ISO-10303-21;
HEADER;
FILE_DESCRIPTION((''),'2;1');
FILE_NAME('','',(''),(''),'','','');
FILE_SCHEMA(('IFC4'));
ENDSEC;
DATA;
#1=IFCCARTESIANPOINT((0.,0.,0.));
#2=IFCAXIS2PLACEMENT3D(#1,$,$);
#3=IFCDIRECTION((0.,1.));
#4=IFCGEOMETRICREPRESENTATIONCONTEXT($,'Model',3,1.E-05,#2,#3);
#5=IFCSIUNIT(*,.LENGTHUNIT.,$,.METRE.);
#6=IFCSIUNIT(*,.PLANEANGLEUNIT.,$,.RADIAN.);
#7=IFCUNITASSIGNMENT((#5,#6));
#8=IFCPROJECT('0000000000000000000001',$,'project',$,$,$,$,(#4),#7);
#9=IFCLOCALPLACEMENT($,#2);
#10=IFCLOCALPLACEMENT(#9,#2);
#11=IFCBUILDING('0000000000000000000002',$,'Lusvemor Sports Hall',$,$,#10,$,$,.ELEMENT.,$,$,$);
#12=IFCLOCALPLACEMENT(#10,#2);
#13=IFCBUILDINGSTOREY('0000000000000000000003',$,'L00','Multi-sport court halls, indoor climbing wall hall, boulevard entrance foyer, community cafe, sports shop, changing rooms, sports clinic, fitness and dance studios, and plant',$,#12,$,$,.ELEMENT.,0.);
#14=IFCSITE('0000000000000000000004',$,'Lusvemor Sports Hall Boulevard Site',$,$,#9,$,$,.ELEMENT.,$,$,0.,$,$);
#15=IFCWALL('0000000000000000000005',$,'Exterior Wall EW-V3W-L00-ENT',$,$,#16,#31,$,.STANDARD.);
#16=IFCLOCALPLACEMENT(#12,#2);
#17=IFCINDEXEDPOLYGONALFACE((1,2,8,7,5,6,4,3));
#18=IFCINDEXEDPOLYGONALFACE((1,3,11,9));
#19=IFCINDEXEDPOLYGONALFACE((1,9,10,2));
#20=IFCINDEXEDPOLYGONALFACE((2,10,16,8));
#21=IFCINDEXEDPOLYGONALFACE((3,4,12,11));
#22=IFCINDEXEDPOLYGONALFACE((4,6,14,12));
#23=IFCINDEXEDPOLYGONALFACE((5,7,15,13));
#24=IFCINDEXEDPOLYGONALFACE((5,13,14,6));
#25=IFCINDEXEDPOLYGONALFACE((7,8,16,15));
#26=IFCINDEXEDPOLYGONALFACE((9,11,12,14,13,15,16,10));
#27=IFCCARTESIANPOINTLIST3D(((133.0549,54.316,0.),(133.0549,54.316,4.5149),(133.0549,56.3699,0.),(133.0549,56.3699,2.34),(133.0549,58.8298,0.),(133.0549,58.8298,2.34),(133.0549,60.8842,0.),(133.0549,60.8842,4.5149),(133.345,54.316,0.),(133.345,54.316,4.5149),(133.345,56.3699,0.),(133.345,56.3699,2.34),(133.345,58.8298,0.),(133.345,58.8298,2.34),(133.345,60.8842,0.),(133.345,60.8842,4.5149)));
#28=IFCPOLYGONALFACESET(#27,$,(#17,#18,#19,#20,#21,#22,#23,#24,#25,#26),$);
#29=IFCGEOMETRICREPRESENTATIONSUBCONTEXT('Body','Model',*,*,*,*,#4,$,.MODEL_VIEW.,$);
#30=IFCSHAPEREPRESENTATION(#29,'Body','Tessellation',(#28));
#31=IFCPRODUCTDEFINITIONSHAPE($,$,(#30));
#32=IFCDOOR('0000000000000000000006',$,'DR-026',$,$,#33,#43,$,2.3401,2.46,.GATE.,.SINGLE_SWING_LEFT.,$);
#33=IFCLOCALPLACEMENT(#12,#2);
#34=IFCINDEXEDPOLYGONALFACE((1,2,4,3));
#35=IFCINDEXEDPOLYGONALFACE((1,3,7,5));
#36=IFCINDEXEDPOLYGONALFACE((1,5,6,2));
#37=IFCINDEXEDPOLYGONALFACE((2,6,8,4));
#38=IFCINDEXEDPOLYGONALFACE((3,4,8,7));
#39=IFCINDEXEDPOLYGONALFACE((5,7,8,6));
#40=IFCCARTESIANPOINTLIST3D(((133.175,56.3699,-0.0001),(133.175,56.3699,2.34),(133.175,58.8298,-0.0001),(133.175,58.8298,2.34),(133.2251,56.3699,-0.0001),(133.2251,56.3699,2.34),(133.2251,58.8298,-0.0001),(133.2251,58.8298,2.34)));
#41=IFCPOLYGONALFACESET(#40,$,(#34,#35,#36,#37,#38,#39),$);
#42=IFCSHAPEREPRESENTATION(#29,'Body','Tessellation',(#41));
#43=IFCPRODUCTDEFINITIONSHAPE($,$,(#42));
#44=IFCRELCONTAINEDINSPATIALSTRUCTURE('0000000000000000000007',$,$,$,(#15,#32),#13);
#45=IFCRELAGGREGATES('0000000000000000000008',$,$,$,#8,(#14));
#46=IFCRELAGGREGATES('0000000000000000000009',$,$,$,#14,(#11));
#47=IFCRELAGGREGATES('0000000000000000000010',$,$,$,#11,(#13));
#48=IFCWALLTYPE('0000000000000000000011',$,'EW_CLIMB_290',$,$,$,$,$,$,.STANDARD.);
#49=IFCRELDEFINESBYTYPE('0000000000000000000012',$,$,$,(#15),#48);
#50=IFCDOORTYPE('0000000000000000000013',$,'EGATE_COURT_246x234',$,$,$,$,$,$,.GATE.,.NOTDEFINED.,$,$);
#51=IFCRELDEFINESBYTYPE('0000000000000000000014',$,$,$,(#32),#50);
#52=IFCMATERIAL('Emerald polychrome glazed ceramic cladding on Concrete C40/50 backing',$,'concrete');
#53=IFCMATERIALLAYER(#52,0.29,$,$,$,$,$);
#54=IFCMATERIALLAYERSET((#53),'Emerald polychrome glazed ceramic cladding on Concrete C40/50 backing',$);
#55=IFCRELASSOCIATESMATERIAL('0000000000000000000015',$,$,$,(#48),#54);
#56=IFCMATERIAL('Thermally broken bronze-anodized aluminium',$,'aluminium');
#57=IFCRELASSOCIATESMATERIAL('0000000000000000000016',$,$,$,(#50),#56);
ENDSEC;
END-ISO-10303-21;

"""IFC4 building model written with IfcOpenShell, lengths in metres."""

from ifc_helpers import new_model, si_unit, direction, frame, frame_2d, origin, place, context, subcontext, project, spatial, rectangle, extrude, material, layer, layer_set, type_object, element, fill, save


model = new_model("IFC4")

# Units and contexts
model_context = context("Model", 3, precision=1e-05, world=origin(), true_north=direction((0.0, 1.0)))
body_context = subcontext(model_context, "Body", "Model", "MODEL_VIEW")
ifc_project = project(units=[si_unit("LENGTHUNIT", "METRE"), si_unit("PLANEANGLEUNIT", "RADIAN")], contexts=[model_context])

# Site, building, storey
site_placement = place(None, origin())
site = spatial("IfcSite", under=ifc_project, at=site_placement, Name="Lusvemor Sports Hall Boulevard Site", CompositionType="ELEMENT", RefElevation=0.0)
building_placement = place(site_placement, origin())
building = spatial("IfcBuilding", under=site, at=building_placement, Name="Lusvemor Sports Hall", CompositionType="ELEMENT")
storey_placement = place(building_placement, origin())
storey = spatial("IfcBuildingStorey", under=building, at=storey_placement, Name="L00", Description="Multi-sport court halls, indoor climbing wall hall, boulevard entrance foyer, community cafe, sports shop, changing rooms, sports clinic, fitness and dance studios, and plant", CompositionType="ELEMENT", Elevation=0.0)

# Wall, opening, door
ifc_material_1 = material(Name="Emerald polychrome glazed ceramic cladding on Concrete C40/50 backing", Category="concrete")
ifc_layer_1 = layer(ifc_material_1, 0.29)
ifc_layer_set_1 = layer_set([ifc_layer_1], Name="Emerald polychrome glazed ceramic cladding on Concrete C40/50 backing")
wall_type = type_object("IfcWallType", Name="EW_CLIMB_290", PredefinedType="STANDARD", material=ifc_layer_set_1)
wall_placement = place(storey_placement, frame((133.2, 54.3159, 0.0), z_axis=(0.0, 0.0, 1.0), x_axis=(0.0, 1.0, 0.0)))
wall = element("IfcWall", 1, at=wall_placement, inside=storey, type_object=wall_type, Name="Exterior Wall EW-V3W-L00-ENT", PredefinedType="STANDARD", context=body_context, shape_type="SweptSolid", body=[
    extrude(rectangle(XDim=6.5681, YDim=0.29, at=frame_2d((3.2842, 0.0))), origin(), (0.0, 0.0, 1.0), 4.5149),
])
opening_placement = place(wall_placement, frame((2.054, 0.0, 0.0)))
opening = element("IfcOpeningElement", 2, at=opening_placement, cuts=wall, PredefinedType="OPENING", context=body_context, shape_type="SweptSolid", body=[
    extrude(rectangle(XDim=2.46, YDim=2.3401, at=frame_2d((1.23, 1.1699))), frame((0.0, 0.145, 0.0), z_axis=(0.0, -1.0, 0.0), x_axis=(1.0, 0.0, 0.0)), (0.0, 0.0, 1.0), 0.29),
])
ifc_material_2 = material(Name="Thermally broken bronze-anodized aluminium", Category="aluminium")
door_type = type_object("IfcDoorType", Name="EGATE_COURT_246x234", OperationType="NOTDEFINED", PredefinedType="GATE", material=ifc_material_2)
door_placement = place(opening_placement, origin())
door = element("IfcDoor", 3, at=door_placement, inside=storey, type_object=door_type, Name="DR-026", OperationType="SINGLE_SWING_LEFT", OverallHeight=2.3401, OverallWidth=2.46, PredefinedType="GATE", context=body_context, shape_type="SweptSolid", body=[
    extrude(rectangle(XDim=2.46, YDim=2.3401, at=frame_2d((1.23, 1.1699))), frame((0.0, 0.0249, 0.0), z_axis=(0.0, -1.0, 0.0), x_axis=(1.0, 0.0, 0.0)), (0.0, 0.0, 1.0), 0.05),
])
fill(opening, door)

save(model, "model.ifc")
